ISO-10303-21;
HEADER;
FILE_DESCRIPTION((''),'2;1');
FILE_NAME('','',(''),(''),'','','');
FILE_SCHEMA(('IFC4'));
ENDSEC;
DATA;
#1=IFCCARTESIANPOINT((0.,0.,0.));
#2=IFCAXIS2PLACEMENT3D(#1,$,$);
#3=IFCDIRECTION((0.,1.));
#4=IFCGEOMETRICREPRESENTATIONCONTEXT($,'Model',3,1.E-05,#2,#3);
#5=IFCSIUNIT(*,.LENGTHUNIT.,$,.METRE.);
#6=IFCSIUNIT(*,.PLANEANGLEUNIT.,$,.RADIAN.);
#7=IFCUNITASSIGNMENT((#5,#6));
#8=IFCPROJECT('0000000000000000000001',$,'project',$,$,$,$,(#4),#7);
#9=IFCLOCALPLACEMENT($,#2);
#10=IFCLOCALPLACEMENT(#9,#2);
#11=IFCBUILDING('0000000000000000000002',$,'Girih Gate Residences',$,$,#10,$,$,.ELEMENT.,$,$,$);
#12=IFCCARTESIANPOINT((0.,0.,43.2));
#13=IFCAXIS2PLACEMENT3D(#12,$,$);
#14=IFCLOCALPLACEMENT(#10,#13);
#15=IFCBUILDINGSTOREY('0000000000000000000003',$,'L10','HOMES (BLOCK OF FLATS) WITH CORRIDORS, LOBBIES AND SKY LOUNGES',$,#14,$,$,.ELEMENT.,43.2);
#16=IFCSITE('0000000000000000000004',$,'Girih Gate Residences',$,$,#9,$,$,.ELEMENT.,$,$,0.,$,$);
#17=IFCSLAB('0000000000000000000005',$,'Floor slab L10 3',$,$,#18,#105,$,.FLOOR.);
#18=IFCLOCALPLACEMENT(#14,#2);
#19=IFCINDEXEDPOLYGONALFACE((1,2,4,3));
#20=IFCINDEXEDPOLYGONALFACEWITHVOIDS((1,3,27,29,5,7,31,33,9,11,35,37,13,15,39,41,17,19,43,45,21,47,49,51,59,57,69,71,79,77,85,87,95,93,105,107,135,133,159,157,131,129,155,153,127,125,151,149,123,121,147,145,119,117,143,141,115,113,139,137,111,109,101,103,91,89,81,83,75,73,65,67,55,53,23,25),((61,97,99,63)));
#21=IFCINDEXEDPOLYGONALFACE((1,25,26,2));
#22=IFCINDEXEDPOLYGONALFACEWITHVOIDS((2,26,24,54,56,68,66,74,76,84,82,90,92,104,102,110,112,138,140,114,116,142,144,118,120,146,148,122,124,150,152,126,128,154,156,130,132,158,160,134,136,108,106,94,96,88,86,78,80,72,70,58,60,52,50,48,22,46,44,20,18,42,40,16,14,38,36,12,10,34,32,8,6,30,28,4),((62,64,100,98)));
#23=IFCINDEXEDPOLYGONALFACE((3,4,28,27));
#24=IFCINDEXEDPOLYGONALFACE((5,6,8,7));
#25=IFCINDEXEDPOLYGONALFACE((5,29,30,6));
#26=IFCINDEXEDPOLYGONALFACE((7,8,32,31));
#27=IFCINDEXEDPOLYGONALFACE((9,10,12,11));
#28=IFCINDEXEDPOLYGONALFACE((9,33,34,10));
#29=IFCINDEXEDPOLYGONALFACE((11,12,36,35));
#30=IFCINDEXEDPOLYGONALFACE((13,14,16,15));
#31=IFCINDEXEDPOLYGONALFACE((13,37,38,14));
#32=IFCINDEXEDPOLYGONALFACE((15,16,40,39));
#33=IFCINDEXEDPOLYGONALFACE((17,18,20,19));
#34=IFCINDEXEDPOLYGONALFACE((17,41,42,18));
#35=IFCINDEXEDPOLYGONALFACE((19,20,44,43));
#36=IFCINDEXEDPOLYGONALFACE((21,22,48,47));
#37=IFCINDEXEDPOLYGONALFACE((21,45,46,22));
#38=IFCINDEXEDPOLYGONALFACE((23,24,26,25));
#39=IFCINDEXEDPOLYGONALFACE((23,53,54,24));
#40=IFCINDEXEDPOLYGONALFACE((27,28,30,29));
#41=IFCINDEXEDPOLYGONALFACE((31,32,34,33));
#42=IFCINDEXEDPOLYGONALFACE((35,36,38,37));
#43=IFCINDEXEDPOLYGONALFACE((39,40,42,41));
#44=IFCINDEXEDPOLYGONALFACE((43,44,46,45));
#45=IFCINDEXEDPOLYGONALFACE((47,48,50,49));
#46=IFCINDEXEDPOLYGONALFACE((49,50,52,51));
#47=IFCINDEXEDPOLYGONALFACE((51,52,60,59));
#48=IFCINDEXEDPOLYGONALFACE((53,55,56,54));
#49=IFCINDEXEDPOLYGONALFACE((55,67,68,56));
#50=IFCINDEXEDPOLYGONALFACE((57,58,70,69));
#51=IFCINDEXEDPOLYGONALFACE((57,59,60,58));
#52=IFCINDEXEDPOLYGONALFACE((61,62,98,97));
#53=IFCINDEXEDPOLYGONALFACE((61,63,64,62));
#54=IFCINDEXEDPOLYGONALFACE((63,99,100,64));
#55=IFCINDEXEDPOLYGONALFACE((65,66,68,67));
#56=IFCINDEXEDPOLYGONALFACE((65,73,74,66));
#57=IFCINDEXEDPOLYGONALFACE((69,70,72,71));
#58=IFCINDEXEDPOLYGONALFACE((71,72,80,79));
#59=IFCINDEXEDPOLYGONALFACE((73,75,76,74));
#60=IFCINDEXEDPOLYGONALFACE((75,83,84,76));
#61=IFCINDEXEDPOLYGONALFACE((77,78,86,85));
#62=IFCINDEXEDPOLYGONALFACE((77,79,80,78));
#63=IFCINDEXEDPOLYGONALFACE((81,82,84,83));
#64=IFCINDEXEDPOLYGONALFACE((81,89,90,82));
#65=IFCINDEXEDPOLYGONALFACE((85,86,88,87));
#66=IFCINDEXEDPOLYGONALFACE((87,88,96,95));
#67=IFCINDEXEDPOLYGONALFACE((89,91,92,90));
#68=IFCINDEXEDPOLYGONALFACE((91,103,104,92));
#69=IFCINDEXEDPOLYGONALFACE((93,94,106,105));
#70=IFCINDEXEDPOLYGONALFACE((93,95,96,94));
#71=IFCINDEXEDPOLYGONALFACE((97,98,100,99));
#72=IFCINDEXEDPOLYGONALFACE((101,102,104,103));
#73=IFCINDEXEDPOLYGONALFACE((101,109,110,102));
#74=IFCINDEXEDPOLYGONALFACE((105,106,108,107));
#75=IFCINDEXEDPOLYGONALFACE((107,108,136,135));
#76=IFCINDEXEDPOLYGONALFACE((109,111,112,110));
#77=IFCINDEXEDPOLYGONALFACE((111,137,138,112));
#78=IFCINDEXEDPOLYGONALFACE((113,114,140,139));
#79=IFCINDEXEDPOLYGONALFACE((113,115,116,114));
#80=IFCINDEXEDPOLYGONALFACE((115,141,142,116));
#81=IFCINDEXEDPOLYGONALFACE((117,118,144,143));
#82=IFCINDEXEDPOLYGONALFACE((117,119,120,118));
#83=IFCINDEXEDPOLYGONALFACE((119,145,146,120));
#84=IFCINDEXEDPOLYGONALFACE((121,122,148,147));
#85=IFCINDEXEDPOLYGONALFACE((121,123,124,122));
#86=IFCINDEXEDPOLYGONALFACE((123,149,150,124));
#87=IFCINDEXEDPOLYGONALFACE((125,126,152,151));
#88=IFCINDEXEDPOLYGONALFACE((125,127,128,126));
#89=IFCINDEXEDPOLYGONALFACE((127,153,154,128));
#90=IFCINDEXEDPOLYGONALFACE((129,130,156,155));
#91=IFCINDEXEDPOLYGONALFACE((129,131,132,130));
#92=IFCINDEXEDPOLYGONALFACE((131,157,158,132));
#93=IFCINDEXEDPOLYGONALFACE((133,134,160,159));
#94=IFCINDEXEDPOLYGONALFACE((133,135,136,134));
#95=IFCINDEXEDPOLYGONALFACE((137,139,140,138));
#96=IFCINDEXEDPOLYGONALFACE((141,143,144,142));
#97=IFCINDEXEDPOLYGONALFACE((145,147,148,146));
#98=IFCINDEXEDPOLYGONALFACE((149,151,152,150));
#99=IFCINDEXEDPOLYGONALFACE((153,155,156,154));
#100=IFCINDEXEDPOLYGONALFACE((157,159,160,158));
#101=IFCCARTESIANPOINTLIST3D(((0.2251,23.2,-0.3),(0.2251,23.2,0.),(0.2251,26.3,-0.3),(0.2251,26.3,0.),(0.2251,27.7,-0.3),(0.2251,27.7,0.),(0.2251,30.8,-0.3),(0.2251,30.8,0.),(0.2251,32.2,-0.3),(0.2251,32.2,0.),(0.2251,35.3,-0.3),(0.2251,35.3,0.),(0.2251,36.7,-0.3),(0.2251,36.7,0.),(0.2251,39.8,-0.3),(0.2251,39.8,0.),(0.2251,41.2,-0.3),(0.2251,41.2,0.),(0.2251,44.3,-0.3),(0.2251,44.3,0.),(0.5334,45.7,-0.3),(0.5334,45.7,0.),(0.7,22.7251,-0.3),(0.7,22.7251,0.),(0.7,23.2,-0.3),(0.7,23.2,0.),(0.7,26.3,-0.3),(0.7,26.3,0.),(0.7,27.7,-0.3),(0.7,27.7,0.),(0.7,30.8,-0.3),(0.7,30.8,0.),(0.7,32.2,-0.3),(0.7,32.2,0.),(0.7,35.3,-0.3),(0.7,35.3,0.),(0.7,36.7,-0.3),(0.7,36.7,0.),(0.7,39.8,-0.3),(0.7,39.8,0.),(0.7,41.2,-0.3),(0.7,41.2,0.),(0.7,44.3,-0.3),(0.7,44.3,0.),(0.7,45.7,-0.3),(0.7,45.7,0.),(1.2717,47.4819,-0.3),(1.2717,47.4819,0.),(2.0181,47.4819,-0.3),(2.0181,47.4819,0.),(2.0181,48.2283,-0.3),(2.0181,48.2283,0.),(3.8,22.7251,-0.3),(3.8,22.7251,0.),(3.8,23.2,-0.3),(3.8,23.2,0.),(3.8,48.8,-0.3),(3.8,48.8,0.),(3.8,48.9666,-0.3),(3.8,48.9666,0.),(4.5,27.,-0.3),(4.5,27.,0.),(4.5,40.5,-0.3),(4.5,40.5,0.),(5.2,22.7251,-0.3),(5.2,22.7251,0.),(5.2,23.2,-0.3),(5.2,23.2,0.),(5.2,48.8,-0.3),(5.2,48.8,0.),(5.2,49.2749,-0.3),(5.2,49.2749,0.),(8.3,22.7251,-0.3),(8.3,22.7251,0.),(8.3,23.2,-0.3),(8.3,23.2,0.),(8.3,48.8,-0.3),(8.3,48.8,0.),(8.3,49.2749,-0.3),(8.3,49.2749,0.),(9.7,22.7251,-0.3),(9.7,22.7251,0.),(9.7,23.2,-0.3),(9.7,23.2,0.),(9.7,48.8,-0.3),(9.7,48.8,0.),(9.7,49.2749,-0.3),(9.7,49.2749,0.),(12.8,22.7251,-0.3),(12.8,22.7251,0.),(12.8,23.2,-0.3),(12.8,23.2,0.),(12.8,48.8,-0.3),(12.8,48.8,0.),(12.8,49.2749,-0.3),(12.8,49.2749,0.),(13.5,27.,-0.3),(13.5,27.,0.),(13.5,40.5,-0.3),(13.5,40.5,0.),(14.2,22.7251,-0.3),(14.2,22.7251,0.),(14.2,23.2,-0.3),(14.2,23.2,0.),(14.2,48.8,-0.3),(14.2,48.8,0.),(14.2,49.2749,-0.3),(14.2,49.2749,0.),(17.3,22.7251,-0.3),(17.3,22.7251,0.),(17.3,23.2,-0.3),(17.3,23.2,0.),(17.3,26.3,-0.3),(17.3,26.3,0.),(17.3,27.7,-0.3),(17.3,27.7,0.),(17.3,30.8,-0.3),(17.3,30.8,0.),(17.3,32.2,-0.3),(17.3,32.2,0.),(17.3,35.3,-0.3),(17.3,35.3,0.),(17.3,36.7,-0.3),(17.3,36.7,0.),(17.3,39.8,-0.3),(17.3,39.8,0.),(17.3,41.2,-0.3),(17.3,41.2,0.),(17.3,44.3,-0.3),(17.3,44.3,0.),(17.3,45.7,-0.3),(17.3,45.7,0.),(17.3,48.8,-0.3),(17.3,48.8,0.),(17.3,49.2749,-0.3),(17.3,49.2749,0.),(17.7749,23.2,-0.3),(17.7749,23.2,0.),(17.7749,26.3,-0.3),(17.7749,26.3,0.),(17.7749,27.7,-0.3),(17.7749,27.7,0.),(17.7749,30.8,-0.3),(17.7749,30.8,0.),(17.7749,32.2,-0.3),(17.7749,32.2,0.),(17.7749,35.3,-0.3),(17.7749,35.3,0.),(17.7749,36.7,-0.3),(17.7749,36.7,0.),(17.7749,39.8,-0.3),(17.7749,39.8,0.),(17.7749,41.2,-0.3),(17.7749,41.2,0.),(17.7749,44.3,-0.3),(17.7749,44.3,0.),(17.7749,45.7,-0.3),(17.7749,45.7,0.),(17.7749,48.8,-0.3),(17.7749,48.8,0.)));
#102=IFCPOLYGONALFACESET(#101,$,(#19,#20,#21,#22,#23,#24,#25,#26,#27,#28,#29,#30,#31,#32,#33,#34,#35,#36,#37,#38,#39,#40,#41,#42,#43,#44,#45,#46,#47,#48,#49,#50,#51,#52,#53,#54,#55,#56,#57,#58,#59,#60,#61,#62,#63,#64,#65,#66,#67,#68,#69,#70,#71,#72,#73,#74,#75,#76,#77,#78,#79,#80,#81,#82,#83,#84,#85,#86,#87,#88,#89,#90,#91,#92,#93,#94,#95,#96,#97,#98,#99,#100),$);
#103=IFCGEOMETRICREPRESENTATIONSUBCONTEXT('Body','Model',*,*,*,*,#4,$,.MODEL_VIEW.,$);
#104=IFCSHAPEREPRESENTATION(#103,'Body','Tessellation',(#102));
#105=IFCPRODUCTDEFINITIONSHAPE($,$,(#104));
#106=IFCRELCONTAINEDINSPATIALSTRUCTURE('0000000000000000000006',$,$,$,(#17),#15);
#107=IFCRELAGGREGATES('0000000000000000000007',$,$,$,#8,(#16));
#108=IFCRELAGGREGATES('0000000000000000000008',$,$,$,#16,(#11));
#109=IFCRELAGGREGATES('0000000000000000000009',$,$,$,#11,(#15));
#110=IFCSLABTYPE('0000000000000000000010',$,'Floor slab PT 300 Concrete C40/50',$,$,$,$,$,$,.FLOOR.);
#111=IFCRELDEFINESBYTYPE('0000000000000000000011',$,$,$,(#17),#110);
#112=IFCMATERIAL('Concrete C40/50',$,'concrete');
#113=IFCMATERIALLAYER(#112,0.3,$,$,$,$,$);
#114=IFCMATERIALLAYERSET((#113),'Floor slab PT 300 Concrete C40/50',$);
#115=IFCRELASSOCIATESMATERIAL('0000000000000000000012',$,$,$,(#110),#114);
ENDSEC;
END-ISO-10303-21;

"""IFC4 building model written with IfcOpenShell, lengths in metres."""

from ifc_helpers import new_model, si_unit, direction, frame, origin, place, context, subcontext, project, spatial, polyline, outline, extrude, material, layer, layer_set, type_object, element, save


model = new_model("IFC4")

# Units and contexts
model_context = context("Model", 3, precision=1e-05, world=origin(), true_north=direction((0.0, 1.0)))
body_context = subcontext(model_context, "Body", "Model", "MODEL_VIEW")
ifc_project = project(units=[si_unit("LENGTHUNIT", "METRE"), si_unit("PLANEANGLEUNIT", "RADIAN")], contexts=[model_context])

# Site, building, storey
site_placement = place(None, origin())
site = spatial("IfcSite", under=ifc_project, at=site_placement, Name="Girih Gate Residences", CompositionType="ELEMENT", RefElevation=0.0)
building_placement = place(site_placement, origin())
building = spatial("IfcBuilding", under=site, at=building_placement, Name="Girih Gate Residences", CompositionType="ELEMENT")
storey_placement = place(building_placement, frame((0.0, 0.0, 43.2)))
storey = spatial("IfcBuildingStorey", under=building, at=storey_placement, Name="L10", Description="HOMES (BLOCK OF FLATS) WITH CORRIDORS, LOBBIES AND SKY LOUNGES", CompositionType="ELEMENT", Elevation=43.2)

# Slab
ifc_material_1 = material(Name="Concrete C40/50", Category="concrete")
ifc_layer_1 = layer(ifc_material_1, 0.3)
ifc_layer_set_1 = layer_set([ifc_layer_1], Name="Floor slab PT 300 Concrete C40/50")
slab_type_1 = type_object("IfcSlabType", Name="Floor slab PT 300 Concrete C40/50", PredefinedType="FLOOR", material=ifc_layer_set_1)
slab_1_placement = place(storey_placement, frame((0.0, 0.0, -0.3)))
element("IfcSlab", 1, at=slab_1_placement, inside=storey, type_object=slab_type_1, Name="Floor slab L10 3", PredefinedType="FLOOR", context=body_context, shape_type="SweptSolid", body=[
    extrude(outline(polyline([(0.2251, 26.3), (0.2251, 23.2), (0.7, 23.2), (0.7, 22.7251), (3.8, 22.7251), (3.8, 23.2), (5.2, 23.2), (5.2, 22.7251), (8.3, 22.7251), (8.3, 23.2), (9.7, 23.2), (9.7, 22.7251), (12.8, 22.7251), (12.8, 23.2), (14.2, 23.2), (14.2, 22.7251), (17.3, 22.7251), (17.3, 23.2), (17.7749, 23.2), (17.7749, 26.3), (17.3, 26.3), (17.3, 27.7), (17.7749, 27.7), (17.7749, 30.8), (17.3, 30.8), (17.3, 32.2), (17.7749, 32.2), (17.7749, 35.3), (17.3, 35.3), (17.3, 36.7), (17.7749, 36.7), (17.7749, 39.8), (17.3, 39.8), (17.3, 41.2), (17.7749, 41.2), (17.7749, 44.3), (17.3, 44.3), (17.3, 45.7), (17.7749, 45.7), (17.7749, 48.8), (17.3, 48.8), (17.3, 49.2749), (14.2, 49.2749), (14.2, 48.8), (12.8, 48.8), (12.8, 49.2749), (9.7, 49.2749), (9.7, 48.8), (8.3, 48.8), (8.3, 49.2749), (5.2, 49.2749), (5.2, 48.8), (3.8, 48.8), (3.8, 48.9666), (2.0181, 48.2283), (2.0181, 47.4819), (1.2717, 47.4819), (0.5334, 45.7), (0.7, 45.7), (0.7, 44.3), (0.2251, 44.3), (0.2251, 41.2), (0.7, 41.2), (0.7, 39.8), (0.2251, 39.8), (0.2251, 36.7), (0.7, 36.7), (0.7, 35.3), (0.2251, 35.3), (0.2251, 32.2), (0.7, 32.2), (0.7, 30.8), (0.2251, 30.8), (0.2251, 27.7), (0.7, 27.7), (0.7, 26.3), (0.2251, 26.3)]), holes=[polyline([(13.5, 40.5), (13.5, 27.0), (4.5, 27.0), (4.5, 40.5), (13.5, 40.5)])]), origin(), (0.0, 0.0, 1.0), 0.3),
])

save(model, "model.ifc")
